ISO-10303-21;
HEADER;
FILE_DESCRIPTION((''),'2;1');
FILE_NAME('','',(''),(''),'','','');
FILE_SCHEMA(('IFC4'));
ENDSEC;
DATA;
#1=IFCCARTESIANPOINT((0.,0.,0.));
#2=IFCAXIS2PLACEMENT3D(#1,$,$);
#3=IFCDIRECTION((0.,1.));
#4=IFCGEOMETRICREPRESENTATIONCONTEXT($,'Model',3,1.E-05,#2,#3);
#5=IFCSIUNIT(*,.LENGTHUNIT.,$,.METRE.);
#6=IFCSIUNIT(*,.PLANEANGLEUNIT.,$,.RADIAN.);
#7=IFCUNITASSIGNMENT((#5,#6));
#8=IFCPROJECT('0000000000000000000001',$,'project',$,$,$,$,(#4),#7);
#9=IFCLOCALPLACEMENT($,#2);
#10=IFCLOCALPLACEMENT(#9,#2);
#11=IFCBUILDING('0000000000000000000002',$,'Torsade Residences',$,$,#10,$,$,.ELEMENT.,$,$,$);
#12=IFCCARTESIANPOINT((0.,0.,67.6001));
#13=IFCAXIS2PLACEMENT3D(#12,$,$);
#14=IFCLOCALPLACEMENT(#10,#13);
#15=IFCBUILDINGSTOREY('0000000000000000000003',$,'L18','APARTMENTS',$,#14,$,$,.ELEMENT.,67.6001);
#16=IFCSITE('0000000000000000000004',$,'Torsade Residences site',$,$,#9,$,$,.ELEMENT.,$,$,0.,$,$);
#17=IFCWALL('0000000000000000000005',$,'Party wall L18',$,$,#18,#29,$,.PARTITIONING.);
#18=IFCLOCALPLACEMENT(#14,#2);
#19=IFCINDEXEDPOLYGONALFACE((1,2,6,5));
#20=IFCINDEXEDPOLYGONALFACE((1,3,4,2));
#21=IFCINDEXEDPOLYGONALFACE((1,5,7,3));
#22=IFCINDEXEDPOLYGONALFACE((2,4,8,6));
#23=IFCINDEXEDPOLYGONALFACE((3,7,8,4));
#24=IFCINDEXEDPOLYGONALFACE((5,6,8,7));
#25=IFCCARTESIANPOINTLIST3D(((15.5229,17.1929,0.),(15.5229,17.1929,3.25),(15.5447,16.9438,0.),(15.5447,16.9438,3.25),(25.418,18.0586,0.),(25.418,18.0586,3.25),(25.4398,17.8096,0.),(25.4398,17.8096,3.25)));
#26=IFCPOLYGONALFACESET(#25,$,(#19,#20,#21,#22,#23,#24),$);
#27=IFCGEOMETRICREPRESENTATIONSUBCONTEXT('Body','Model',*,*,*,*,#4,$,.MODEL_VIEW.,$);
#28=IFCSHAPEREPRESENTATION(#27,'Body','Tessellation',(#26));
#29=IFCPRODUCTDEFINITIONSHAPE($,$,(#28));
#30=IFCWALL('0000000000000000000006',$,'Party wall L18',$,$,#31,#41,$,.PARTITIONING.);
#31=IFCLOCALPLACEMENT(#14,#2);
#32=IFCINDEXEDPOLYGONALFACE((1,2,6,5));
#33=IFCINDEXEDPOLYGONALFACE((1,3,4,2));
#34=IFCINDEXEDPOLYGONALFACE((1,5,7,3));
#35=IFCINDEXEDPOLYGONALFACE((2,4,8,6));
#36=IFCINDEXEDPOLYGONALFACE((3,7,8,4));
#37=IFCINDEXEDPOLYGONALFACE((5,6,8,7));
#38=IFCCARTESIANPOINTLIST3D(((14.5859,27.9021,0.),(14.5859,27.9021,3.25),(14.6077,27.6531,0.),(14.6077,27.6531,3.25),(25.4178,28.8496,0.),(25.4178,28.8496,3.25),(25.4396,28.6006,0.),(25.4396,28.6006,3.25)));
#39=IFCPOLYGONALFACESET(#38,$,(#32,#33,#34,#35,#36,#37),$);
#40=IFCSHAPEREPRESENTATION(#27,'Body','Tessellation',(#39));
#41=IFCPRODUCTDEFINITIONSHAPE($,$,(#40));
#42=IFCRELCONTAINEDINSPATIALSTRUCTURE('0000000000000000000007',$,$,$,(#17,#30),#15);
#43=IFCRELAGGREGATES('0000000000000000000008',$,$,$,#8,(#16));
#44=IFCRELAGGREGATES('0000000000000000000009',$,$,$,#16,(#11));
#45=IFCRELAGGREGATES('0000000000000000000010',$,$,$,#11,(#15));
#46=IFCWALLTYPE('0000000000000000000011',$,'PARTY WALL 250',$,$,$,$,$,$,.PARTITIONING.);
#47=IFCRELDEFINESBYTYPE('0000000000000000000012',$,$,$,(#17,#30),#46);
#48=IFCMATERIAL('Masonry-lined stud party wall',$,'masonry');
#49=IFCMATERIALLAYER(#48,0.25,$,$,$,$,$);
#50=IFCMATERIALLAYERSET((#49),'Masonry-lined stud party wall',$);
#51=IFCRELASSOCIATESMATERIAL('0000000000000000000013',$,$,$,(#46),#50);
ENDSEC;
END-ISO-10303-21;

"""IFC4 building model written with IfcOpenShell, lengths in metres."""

from ifc_helpers import new_model, si_unit, direction, frame, frame_2d, origin, place, context, subcontext, project, spatial, rectangle, extrude, material, layer, layer_set, type_object, element, save


model = new_model("IFC4")

# Units and contexts
model_context = context("Model", 3, precision=1e-05, world=origin(), true_north=direction((0.0, 1.0)))
body_context = subcontext(model_context, "Body", "Model", "MODEL_VIEW")
ifc_project = project(units=[si_unit("LENGTHUNIT", "METRE"), si_unit("PLANEANGLEUNIT", "RADIAN")], contexts=[model_context])

# Site, building, storey
site_placement = place(None, origin())
site = spatial("IfcSite", under=ifc_project, at=site_placement, Name="Torsade Residences site", CompositionType="ELEMENT", RefElevation=0.0)
building_placement = place(site_placement, origin())
building = spatial("IfcBuilding", under=site, at=building_placement, Name="Torsade Residences", CompositionType="ELEMENT")
storey_placement = place(building_placement, frame((0.0, 0.0, 67.6001)))
storey = spatial("IfcBuildingStorey", under=building, at=storey_placement, Name="L18", Description="APARTMENTS", CompositionType="ELEMENT", Elevation=67.6001)

# Walls
ifc_material_1 = material(Name="Masonry-lined stud party wall", Category="masonry")
ifc_layer_1 = layer(ifc_material_1, 0.25)
ifc_layer_set_1 = layer_set([ifc_layer_1], Name="Masonry-lined stud party wall")
wall_type_1 = type_object("IfcWallType", Name="PARTY WALL 250", PredefinedType="PARTITIONING", material=ifc_layer_set_1)
wall_1_placement = place(storey_placement, frame((15.5339, 17.0684, 0.0), z_axis=(0.0, 0.0, 1.0), x_axis=(0.996195, 0.087158, 0.0)))
element("IfcWall", 1, at=wall_1_placement, inside=storey, type_object=wall_type_1, Name="Party wall L18", PredefinedType="PARTITIONING", context=body_context, shape_type="SweptSolid", body=[
    extrude(rectangle(XDim=9.9329, YDim=0.25, at=frame_2d((4.9663, 0.0))), origin(), (0.0, 0.0, 1.0), 3.25),
])
wall_2_placement = place(storey_placement, frame((14.5969, 27.7776, 0.0), z_axis=(0.0, 0.0, 1.0), x_axis=(0.996196, 0.08714, 0.0)))
element("IfcWall", 2, at=wall_2_placement, inside=storey, type_object=wall_type_1, Name="Party wall L18", PredefinedType="PARTITIONING", context=body_context, shape_type="SweptSolid", body=[
    extrude(rectangle(XDim=10.8733, YDim=0.25, at=frame_2d((5.4365, 0.0))), origin(), (0.0, 0.0, 1.0), 3.25),
])

save(model, "model.ifc")
